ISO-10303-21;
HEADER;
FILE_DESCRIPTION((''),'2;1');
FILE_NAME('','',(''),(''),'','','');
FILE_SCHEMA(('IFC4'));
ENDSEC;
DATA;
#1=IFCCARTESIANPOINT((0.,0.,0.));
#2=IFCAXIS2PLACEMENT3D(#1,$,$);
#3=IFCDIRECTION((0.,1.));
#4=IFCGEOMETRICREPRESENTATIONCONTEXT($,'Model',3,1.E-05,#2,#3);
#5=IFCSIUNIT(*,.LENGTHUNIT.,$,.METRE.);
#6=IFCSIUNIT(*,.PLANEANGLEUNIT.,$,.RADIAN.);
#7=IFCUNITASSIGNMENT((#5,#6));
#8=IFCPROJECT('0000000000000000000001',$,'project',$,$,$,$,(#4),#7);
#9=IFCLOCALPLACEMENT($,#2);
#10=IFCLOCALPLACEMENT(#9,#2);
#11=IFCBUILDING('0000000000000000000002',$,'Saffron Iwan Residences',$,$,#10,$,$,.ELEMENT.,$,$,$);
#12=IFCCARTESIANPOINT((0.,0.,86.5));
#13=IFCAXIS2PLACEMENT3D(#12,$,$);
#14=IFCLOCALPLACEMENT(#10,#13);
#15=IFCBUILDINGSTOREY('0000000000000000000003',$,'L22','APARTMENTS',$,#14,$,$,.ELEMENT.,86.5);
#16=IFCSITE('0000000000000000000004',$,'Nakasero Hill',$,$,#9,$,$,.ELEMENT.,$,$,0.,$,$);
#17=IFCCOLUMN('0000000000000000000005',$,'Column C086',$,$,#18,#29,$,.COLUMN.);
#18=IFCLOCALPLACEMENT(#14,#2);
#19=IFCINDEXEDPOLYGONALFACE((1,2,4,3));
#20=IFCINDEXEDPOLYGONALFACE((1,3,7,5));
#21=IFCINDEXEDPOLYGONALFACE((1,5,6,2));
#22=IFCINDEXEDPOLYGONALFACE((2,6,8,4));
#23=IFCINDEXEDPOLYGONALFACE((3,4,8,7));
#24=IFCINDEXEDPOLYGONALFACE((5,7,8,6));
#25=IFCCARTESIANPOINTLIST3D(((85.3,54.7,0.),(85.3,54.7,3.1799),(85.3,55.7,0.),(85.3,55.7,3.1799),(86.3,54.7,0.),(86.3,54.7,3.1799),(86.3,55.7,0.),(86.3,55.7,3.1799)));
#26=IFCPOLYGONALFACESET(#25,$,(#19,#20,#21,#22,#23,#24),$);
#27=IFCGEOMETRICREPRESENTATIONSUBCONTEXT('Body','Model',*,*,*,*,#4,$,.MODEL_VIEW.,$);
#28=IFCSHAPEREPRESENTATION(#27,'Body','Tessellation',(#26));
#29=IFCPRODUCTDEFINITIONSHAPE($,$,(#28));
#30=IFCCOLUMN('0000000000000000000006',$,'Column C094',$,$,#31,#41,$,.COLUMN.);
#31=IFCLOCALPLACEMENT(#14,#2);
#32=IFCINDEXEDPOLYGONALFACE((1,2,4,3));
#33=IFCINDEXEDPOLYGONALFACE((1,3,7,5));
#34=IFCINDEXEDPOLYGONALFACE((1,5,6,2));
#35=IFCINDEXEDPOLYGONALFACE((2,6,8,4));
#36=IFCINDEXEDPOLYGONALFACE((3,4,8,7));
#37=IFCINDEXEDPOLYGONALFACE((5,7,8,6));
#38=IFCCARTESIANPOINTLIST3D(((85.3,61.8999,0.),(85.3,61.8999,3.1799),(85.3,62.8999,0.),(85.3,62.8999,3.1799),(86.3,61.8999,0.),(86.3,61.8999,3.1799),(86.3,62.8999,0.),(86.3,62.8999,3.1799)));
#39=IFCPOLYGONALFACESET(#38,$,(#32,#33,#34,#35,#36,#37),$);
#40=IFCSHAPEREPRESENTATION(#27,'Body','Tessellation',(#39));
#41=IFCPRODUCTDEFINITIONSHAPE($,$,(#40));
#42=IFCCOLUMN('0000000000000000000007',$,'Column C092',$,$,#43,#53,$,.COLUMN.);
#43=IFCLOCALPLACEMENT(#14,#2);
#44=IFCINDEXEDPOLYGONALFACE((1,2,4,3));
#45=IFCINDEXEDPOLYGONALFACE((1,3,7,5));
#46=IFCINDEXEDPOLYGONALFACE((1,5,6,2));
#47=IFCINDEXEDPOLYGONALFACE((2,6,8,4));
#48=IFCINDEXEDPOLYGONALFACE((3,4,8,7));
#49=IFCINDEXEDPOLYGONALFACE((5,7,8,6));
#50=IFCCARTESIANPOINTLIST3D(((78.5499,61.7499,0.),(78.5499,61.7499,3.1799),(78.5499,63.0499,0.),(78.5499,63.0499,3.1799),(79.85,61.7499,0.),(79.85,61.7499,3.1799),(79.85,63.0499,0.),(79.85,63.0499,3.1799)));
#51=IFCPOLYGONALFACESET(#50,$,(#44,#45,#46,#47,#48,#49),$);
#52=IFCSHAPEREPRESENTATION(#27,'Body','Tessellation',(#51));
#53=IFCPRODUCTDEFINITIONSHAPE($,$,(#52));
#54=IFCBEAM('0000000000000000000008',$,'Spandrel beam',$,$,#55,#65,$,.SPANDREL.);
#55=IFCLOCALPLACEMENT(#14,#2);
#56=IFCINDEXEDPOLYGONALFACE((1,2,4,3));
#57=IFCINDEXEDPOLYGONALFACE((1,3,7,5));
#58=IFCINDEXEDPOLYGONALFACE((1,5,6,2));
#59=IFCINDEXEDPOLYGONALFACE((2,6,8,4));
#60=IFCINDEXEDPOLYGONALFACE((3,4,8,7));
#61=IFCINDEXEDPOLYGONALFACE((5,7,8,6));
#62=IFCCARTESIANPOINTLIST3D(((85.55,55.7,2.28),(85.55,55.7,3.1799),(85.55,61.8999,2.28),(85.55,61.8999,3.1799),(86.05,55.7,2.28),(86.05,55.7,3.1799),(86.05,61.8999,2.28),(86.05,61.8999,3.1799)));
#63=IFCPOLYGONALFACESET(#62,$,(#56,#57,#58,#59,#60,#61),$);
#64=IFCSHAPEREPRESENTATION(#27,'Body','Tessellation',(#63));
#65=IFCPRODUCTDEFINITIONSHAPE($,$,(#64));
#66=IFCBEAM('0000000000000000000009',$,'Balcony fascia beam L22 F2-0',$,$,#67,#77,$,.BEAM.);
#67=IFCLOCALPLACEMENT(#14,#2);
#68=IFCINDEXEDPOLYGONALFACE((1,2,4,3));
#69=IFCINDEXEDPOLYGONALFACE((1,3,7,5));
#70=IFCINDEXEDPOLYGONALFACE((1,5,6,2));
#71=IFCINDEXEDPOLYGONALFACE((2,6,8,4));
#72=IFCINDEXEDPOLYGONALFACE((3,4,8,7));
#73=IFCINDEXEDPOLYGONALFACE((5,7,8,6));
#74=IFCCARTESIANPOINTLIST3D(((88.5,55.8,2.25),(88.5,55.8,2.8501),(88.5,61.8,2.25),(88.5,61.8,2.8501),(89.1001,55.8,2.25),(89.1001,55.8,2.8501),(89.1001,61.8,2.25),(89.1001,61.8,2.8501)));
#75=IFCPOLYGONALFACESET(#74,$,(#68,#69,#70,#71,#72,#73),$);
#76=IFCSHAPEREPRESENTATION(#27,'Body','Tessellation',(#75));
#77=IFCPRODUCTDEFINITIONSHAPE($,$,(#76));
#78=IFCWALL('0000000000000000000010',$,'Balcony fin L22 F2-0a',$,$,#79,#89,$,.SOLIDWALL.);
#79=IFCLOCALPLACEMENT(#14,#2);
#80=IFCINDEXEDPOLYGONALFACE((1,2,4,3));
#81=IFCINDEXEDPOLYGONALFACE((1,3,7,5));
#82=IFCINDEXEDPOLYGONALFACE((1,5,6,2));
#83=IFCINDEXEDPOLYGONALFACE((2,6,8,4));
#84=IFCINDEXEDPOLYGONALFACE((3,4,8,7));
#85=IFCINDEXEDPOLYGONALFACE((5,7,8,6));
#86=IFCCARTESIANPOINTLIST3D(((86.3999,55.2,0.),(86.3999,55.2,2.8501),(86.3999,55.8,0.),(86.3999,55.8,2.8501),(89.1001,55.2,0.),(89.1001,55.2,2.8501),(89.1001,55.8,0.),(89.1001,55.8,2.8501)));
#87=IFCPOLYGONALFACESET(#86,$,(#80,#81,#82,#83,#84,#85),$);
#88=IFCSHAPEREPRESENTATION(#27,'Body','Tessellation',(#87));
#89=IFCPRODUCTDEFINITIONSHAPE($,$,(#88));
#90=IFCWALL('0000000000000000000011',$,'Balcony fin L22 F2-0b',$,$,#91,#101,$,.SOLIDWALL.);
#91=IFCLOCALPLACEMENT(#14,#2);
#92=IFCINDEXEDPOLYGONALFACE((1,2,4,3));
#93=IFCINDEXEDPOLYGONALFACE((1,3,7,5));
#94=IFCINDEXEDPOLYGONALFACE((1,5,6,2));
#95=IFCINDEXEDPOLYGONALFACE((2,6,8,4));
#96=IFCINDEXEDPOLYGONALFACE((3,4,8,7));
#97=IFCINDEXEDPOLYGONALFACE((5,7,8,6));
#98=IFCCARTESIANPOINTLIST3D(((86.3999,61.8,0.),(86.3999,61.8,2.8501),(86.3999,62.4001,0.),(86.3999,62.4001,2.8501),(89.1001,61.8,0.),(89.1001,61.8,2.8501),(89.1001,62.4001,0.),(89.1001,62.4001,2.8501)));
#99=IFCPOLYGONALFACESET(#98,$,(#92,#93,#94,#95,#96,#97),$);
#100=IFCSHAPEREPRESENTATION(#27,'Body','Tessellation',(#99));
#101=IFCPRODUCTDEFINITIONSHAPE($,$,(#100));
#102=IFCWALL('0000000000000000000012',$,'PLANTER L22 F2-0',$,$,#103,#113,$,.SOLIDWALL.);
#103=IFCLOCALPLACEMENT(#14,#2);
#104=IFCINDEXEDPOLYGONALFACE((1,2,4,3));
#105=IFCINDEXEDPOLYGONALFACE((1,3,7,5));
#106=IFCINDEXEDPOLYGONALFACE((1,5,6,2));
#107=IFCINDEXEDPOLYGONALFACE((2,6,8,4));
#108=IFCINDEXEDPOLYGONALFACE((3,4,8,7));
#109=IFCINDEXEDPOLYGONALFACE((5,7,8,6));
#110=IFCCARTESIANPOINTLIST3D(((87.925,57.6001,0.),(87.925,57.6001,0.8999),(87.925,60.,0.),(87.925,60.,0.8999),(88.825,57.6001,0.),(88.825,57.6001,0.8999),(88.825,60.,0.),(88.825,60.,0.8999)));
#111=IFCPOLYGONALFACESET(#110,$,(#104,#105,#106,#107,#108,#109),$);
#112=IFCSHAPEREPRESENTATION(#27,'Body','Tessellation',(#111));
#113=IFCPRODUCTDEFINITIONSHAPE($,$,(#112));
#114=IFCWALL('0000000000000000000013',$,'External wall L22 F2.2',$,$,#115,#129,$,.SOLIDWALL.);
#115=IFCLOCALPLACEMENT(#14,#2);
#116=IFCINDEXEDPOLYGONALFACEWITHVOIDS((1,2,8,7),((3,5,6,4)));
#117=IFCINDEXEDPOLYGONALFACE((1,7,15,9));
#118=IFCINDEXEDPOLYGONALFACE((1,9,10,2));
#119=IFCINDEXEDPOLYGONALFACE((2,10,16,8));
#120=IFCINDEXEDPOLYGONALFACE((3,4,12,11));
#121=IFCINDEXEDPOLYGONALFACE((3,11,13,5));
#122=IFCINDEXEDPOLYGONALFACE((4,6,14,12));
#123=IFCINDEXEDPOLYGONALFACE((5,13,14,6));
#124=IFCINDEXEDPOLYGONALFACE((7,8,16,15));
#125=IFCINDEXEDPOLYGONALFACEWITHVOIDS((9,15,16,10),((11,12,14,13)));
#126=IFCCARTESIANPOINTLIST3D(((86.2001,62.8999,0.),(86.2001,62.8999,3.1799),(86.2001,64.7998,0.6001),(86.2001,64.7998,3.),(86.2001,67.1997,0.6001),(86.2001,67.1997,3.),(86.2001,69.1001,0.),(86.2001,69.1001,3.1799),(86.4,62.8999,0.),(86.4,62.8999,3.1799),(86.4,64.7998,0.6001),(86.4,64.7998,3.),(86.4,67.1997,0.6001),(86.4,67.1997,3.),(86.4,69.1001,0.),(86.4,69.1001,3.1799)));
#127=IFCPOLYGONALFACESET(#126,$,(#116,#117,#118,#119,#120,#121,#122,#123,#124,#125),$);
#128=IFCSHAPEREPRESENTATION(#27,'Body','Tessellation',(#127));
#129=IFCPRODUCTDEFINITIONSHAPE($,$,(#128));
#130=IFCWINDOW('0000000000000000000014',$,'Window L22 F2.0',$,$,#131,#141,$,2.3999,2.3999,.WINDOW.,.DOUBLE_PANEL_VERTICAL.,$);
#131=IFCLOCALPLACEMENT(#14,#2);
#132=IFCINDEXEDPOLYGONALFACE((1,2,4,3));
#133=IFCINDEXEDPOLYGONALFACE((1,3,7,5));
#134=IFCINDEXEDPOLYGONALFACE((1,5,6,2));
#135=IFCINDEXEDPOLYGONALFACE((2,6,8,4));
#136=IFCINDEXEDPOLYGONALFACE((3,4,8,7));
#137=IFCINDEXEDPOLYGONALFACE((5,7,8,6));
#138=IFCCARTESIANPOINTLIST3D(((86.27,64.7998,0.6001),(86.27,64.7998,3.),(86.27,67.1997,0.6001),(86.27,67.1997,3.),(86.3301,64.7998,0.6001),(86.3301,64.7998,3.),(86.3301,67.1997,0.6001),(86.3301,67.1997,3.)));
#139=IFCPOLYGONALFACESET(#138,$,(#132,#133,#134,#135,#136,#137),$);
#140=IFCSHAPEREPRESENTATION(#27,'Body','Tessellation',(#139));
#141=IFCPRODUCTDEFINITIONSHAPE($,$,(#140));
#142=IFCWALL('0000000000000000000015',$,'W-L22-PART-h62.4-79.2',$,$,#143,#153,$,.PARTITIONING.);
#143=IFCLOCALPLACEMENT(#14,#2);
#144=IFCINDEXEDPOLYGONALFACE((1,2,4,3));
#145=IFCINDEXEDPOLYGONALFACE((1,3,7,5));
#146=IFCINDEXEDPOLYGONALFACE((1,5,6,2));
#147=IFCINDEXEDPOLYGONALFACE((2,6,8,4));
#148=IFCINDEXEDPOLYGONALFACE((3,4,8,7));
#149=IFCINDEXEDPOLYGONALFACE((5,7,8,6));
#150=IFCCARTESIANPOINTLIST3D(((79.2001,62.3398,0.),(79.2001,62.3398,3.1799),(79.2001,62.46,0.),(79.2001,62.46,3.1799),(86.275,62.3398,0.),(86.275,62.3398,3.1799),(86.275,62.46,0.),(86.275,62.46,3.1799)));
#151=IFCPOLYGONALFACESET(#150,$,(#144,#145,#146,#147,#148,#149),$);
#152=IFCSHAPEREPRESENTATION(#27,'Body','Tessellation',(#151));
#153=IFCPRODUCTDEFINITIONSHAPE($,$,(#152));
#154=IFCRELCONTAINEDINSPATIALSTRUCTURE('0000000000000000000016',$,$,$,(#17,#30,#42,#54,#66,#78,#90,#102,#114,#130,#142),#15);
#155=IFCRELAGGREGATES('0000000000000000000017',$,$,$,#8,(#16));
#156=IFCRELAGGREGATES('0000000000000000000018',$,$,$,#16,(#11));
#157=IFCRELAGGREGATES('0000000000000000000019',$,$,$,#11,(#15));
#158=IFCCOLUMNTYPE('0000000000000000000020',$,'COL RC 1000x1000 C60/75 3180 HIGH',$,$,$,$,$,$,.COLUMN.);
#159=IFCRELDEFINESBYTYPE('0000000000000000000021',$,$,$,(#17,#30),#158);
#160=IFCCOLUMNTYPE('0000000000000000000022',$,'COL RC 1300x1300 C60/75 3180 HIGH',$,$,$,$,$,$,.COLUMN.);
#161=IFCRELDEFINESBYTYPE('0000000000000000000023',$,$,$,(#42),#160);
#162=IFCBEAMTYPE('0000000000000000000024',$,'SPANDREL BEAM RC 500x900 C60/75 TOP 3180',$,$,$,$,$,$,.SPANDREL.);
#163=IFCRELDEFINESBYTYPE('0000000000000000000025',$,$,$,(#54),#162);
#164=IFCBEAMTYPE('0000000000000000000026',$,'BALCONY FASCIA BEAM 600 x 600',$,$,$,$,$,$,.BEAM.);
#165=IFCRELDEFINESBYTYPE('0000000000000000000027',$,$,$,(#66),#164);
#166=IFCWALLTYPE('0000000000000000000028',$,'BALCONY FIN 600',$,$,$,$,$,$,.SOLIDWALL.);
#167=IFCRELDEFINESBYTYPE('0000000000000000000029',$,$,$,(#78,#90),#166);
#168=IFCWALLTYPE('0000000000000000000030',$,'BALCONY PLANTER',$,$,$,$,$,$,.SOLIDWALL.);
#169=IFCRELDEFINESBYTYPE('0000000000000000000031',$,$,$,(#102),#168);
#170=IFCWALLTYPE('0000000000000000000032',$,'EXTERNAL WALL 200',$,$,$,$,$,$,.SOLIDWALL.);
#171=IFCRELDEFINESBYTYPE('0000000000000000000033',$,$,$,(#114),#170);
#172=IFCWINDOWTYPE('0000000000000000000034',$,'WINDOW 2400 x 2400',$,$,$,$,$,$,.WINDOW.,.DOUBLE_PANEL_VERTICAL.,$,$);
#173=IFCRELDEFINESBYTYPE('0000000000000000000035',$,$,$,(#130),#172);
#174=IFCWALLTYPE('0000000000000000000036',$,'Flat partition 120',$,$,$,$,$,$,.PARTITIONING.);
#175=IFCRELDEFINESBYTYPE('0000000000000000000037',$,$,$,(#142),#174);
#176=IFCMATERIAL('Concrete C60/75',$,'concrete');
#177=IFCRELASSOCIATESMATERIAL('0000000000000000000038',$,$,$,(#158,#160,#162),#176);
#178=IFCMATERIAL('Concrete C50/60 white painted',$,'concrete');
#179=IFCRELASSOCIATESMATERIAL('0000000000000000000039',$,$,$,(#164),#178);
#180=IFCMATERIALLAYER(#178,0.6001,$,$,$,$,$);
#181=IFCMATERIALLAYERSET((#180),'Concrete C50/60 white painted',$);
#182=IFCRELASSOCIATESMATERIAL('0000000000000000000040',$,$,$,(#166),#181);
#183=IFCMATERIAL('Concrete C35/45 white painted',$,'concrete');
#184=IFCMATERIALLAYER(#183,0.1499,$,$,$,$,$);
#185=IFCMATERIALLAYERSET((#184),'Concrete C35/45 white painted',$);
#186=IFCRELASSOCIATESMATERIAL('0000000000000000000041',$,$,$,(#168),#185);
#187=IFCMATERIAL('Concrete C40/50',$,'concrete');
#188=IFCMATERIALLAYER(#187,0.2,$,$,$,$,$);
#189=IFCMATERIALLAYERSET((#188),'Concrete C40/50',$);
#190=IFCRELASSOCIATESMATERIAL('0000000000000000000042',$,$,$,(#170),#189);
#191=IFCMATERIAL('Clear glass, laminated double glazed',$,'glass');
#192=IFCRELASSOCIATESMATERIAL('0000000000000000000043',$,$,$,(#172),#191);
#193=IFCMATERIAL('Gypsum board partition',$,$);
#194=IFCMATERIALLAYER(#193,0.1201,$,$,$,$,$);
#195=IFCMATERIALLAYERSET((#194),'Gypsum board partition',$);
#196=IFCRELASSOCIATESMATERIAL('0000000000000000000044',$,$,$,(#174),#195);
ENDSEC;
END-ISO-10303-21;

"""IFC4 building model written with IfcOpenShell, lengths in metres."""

from ifc_helpers import new_model, si_unit, direction, frame, frame_2d, origin, origin_2d, place, context, subcontext, project, spatial, rectangle, extrude, source, transform, mapped, material, layer, layer_set, material_profile, profile_set, type_object, element, fill, save


model = new_model("IFC4")

# Units and contexts
model_context = context("Model", 3, precision=1e-05, world=origin(), true_north=direction((0.0, 1.0)))
body_context = subcontext(model_context, "Body", "Model", "MODEL_VIEW")
ifc_project = project(units=[si_unit("LENGTHUNIT", "METRE"), si_unit("PLANEANGLEUNIT", "RADIAN")], contexts=[model_context])

# Site, building, storey
site_placement = place(None, origin())
site = spatial("IfcSite", under=ifc_project, at=site_placement, Name="Nakasero Hill", CompositionType="ELEMENT", RefElevation=0.0)
building_placement = place(site_placement, origin())
building = spatial("IfcBuilding", under=site, at=building_placement, Name="Saffron Iwan Residences", CompositionType="ELEMENT")
storey_placement = place(building_placement, frame((0.0, 0.0, 86.5)))
storey = spatial("IfcBuildingStorey", under=building, at=storey_placement, Name="L22", Description="APARTMENTS", CompositionType="ELEMENT", Elevation=86.5)

# Columns
ifc_material_1 = material(Name="Concrete C60/75", Category="concrete")
ifc_material_profile_1 = material_profile(ifc_material_1, rectangle(XDim=1.0, YDim=1.0, at=origin_2d()), Name="RC 1000x1000")
ifc_profile_set_1 = profile_set([ifc_material_profile_1], Name="Concrete C60/75")
column_type_1 = type_object("IfcColumnType", Name="COL RC 1000x1000 C60/75 3180 HIGH", PredefinedType="COLUMN", material=ifc_profile_set_1)
shared_shape_1 = source(origin(), body_context, "Body", "SweptSolid", [
    extrude(rectangle(XDim=1.0, YDim=1.0, at=origin_2d()), origin(), (0.0, 0.0, 1.0), 3.1799),
])
for number, where, z_axis, x_axis, name in (
    (1, (85.8, 55.2, 0.0), (0.0, 0.0, 1.0), (1.0, 0.0, 0.0), "Column C086"),
    (2, (85.8, 62.3999, 0.0), (0.0, 0.0, 1.0), (1.0, 0.0, 0.0), "Column C094"),
):
    element("IfcColumn", number, at=place(storey_placement, frame(where, z_axis=z_axis, x_axis=x_axis)), inside=storey, type_object=column_type_1, Name=name, PredefinedType="COLUMN", context=body_context, shape_type="MappedRepresentation", body=[
        mapped(shared_shape_1, transform((0.0, 0.0, 0.0))),
    ])
ifc_material_profile_2 = material_profile(ifc_material_1, rectangle(XDim=1.3, YDim=1.3, at=origin_2d()), Name="RC 1300x1300")
ifc_profile_set_2 = profile_set([ifc_material_profile_2], Name="Concrete C60/75")
column_type_2 = type_object("IfcColumnType", Name="COL RC 1300x1300 C60/75 3180 HIGH", PredefinedType="COLUMN", material=ifc_profile_set_2)
shared_shape_2 = source(origin(), body_context, "Body", "SweptSolid", [
    extrude(rectangle(XDim=1.3, YDim=1.3, at=origin_2d()), origin(), (0.0, 0.0, 1.0), 3.1799),
])
column_placement = place(storey_placement, frame((79.2, 62.3999, 0.0), z_axis=(0.0, 0.0, 1.0), x_axis=(1.0, 0.0, 0.0)))
element("IfcColumn", 3, at=column_placement, inside=storey, type_object=column_type_2, Name="Column C092", PredefinedType="COLUMN", context=body_context, shape_type="MappedRepresentation", body=[
    mapped(shared_shape_2, transform((0.0, 0.0, 0.0))),
])

# Beams
ifc_material_profile_3 = material_profile(ifc_material_1, rectangle(XDim=0.5, YDim=0.8999, at=origin_2d()), Name="RC 500x900")
ifc_profile_set_3 = profile_set([ifc_material_profile_3], Name="Concrete C60/75")
beam_type_1 = type_object("IfcBeamType", Name="SPANDREL BEAM RC 500x900 C60/75 TOP 3180", PredefinedType="SPANDREL", material=ifc_profile_set_3)
shared_shape_3 = source(origin(), body_context, "Body", "SweptSolid", [
    extrude(rectangle(XDim=0.5, YDim=0.8999, at=origin_2d()), origin(), (0.0, 0.0, 1.0), 6.2),
])
beam_1_placement = place(storey_placement, frame((85.8, 61.8999, 2.73), z_axis=(0.0, -1.0, 0.0), x_axis=(1.0, 0.0, 0.0)))
element("IfcBeam", 4, at=beam_1_placement, inside=storey, type_object=beam_type_1, Name="Spandrel beam", PredefinedType="SPANDREL", context=body_context, shape_type="MappedRepresentation", body=[
    mapped(shared_shape_3, transform((0.0, 0.0, 0.0))),
])
ifc_material_2 = material(Name="Concrete C50/60 white painted", Category="concrete")
ifc_material_profile_4 = material_profile(ifc_material_2, rectangle(XDim=0.6001, YDim=0.6001, at=origin_2d()), Name="BALCONY FASCIA BEAM 600 x 600")
ifc_profile_set_4 = profile_set([ifc_material_profile_4], Name="Concrete C50/60 white painted")
beam_type_2 = type_object("IfcBeamType", Name="BALCONY FASCIA BEAM 600 x 600", PredefinedType="BEAM", material=ifc_profile_set_4)
shared_shape_4 = source(origin(), body_context, "Body", "SweptSolid", [
    extrude(rectangle(XDim=0.6001, YDim=0.6001, at=origin_2d()), origin(), (0.0, 0.0, 1.0), 6.0),
])
beam_2_placement = place(storey_placement, frame((88.8, 55.8, 2.55), z_axis=(0.0, 1.0, 0.0), x_axis=(-1.0, 0.0, 0.0)))
element("IfcBeam", 5, at=beam_2_placement, inside=storey, type_object=beam_type_2, Name="Balcony fascia beam L22 F2-0", PredefinedType="BEAM", context=body_context, shape_type="MappedRepresentation", body=[
    mapped(shared_shape_4, transform((0.0, 0.0, 0.0))),
])

# Walls
ifc_layer_1 = layer(ifc_material_2, 0.6001)
ifc_layer_set_1 = layer_set([ifc_layer_1], Name="Concrete C50/60 white painted")
wall_type_1 = type_object("IfcWallType", Name="BALCONY FIN 600", PredefinedType="SOLIDWALL", material=ifc_layer_set_1)
for number, where, z_axis, x_axis, name in (
    (6, (86.3999, 55.5, 0.0), (0.0, 0.0, 1.0), (1.0, 0.0, 0.0), "Balcony fin L22 F2-0a"),
    (7, (86.3999, 62.1001, 0.0), (0.0, 0.0, 1.0), (1.0, 0.0, 0.0), "Balcony fin L22 F2-0b"),
):
    element("IfcWall", number, at=place(storey_placement, frame(where, z_axis=z_axis, x_axis=x_axis)), inside=storey, type_object=wall_type_1, Name=name, PredefinedType="SOLIDWALL", context=body_context, shape_type="SweptSolid", body=[
        extrude(rectangle(XDim=2.7002, YDim=0.6001, at=frame_2d((1.3501, 0.0))), origin(), (0.0, 0.0, 1.0), 2.8501),
    ])
ifc_material_3 = material(Name="Concrete C35/45 white painted", Category="concrete")
ifc_layer_2 = layer(ifc_material_3, 0.1499)
ifc_layer_set_2 = layer_set([ifc_layer_2], Name="Concrete C35/45 white painted")
wall_type_2 = type_object("IfcWallType", Name="BALCONY PLANTER", PredefinedType="SOLIDWALL", material=ifc_layer_set_2)
wall_1_placement = place(storey_placement, frame((88.375, 57.6001, 0.0), z_axis=(0.0, 0.0, 1.0), x_axis=(0.0, 1.0, 0.0)))
element("IfcWall", 8, at=wall_1_placement, inside=storey, type_object=wall_type_2, Name="PLANTER L22 F2-0", PredefinedType="SOLIDWALL", context=body_context, shape_type="SweptSolid", body=[
    extrude(rectangle(XDim=2.3999, YDim=0.8999, at=frame_2d((1.2, 0.0))), origin(), (0.0, 0.0, 1.0), 0.8999),
])

# Shared definitions
ifc_material_4 = material(Name="Concrete C40/50", Category="concrete")
ifc_layer_3 = layer(ifc_material_4, 0.2)
ifc_layer_set_3 = layer_set([ifc_layer_3], Name="Concrete C40/50")
wall_type_3 = type_object("IfcWallType", Name="EXTERNAL WALL 200", PredefinedType="SOLIDWALL", material=ifc_layer_set_3)
ifc_material_5 = material(Name="Clear glass, laminated double glazed", Category="glass")

# Wall, opening, window
wall_2_placement = place(storey_placement, frame((86.3, 62.8999, 0.0), z_axis=(0.0, 0.0, 1.0), x_axis=(0.0, 1.0, 0.0)))
wall_2 = element("IfcWall", 9, at=wall_2_placement, inside=storey, type_object=wall_type_3, Name="External wall L22 F2.2", PredefinedType="SOLIDWALL", context=body_context, shape_type="SweptSolid", body=[
    extrude(rectangle(XDim=6.2002, YDim=0.2, at=frame_2d((3.1001, 0.0))), origin(), (0.0, 0.0, 1.0), 3.1799),
])
opening_1_placement = place(wall_2_placement, frame((1.8999, 0.0, 0.6001)))
opening_1 = element("IfcOpeningElement", 10, at=opening_1_placement, cuts=wall_2, PredefinedType="OPENING", context=body_context, shape_type="SweptSolid", body=[
    extrude(rectangle(XDim=2.3999, YDim=2.3999, at=frame_2d((1.2, 1.2))), frame((0.0, 0.1099, 0.0), z_axis=(0.0, -1.0, 0.0), x_axis=(1.0, 0.0, 0.0)), (0.0, 0.0, 1.0), 0.22),
])
window_type_1 = type_object("IfcWindowType", Name="WINDOW 2400 x 2400", PartitioningType="DOUBLE_PANEL_VERTICAL", PredefinedType="WINDOW", material=ifc_material_5)
window_1_placement = place(opening_1_placement, origin())
window_1 = element("IfcWindow", 11, at=window_1_placement, inside=storey, type_object=window_type_1, Name="Window L22 F2.0", OverallHeight=2.3999, OverallWidth=2.3999, PartitioningType="DOUBLE_PANEL_VERTICAL", PredefinedType="WINDOW", context=body_context, shape_type="SweptSolid", body=[
    extrude(rectangle(XDim=2.3999, YDim=2.3999, at=frame_2d((1.2, 1.2))), frame((0.0, 0.03, 0.0), z_axis=(0.0, -1.0, 0.0), x_axis=(1.0, 0.0, 0.0)), (0.0, 0.0, 1.0), 0.0601),
])
fill(opening_1, window_1)

# Wall
ifc_material_6 = material(Name="Gypsum board partition")
ifc_layer_4 = layer(ifc_material_6, 0.1201)
ifc_layer_set_4 = layer_set([ifc_layer_4], Name="Gypsum board partition")
wall_type_4 = type_object("IfcWallType", Name="Flat partition 120", PredefinedType="PARTITIONING", material=ifc_layer_set_4)
wall_3_placement = place(storey_placement, frame((79.2, 62.3999, 0.0), z_axis=(0.0, 0.0, 1.0), x_axis=(1.0, 0.0, 0.0)))
element("IfcWall", 12, at=wall_3_placement, inside=storey, type_object=wall_type_4, Name="W-L22-PART-h62.4-79.2", PredefinedType="PARTITIONING", context=body_context, shape_type="SweptSolid", body=[
    extrude(rectangle(XDim=7.075, YDim=0.1201, at=frame_2d((3.5376, 0.0))), origin(), (0.0, 0.0, 1.0), 3.1799),
])

save(model, "model.ifc")
